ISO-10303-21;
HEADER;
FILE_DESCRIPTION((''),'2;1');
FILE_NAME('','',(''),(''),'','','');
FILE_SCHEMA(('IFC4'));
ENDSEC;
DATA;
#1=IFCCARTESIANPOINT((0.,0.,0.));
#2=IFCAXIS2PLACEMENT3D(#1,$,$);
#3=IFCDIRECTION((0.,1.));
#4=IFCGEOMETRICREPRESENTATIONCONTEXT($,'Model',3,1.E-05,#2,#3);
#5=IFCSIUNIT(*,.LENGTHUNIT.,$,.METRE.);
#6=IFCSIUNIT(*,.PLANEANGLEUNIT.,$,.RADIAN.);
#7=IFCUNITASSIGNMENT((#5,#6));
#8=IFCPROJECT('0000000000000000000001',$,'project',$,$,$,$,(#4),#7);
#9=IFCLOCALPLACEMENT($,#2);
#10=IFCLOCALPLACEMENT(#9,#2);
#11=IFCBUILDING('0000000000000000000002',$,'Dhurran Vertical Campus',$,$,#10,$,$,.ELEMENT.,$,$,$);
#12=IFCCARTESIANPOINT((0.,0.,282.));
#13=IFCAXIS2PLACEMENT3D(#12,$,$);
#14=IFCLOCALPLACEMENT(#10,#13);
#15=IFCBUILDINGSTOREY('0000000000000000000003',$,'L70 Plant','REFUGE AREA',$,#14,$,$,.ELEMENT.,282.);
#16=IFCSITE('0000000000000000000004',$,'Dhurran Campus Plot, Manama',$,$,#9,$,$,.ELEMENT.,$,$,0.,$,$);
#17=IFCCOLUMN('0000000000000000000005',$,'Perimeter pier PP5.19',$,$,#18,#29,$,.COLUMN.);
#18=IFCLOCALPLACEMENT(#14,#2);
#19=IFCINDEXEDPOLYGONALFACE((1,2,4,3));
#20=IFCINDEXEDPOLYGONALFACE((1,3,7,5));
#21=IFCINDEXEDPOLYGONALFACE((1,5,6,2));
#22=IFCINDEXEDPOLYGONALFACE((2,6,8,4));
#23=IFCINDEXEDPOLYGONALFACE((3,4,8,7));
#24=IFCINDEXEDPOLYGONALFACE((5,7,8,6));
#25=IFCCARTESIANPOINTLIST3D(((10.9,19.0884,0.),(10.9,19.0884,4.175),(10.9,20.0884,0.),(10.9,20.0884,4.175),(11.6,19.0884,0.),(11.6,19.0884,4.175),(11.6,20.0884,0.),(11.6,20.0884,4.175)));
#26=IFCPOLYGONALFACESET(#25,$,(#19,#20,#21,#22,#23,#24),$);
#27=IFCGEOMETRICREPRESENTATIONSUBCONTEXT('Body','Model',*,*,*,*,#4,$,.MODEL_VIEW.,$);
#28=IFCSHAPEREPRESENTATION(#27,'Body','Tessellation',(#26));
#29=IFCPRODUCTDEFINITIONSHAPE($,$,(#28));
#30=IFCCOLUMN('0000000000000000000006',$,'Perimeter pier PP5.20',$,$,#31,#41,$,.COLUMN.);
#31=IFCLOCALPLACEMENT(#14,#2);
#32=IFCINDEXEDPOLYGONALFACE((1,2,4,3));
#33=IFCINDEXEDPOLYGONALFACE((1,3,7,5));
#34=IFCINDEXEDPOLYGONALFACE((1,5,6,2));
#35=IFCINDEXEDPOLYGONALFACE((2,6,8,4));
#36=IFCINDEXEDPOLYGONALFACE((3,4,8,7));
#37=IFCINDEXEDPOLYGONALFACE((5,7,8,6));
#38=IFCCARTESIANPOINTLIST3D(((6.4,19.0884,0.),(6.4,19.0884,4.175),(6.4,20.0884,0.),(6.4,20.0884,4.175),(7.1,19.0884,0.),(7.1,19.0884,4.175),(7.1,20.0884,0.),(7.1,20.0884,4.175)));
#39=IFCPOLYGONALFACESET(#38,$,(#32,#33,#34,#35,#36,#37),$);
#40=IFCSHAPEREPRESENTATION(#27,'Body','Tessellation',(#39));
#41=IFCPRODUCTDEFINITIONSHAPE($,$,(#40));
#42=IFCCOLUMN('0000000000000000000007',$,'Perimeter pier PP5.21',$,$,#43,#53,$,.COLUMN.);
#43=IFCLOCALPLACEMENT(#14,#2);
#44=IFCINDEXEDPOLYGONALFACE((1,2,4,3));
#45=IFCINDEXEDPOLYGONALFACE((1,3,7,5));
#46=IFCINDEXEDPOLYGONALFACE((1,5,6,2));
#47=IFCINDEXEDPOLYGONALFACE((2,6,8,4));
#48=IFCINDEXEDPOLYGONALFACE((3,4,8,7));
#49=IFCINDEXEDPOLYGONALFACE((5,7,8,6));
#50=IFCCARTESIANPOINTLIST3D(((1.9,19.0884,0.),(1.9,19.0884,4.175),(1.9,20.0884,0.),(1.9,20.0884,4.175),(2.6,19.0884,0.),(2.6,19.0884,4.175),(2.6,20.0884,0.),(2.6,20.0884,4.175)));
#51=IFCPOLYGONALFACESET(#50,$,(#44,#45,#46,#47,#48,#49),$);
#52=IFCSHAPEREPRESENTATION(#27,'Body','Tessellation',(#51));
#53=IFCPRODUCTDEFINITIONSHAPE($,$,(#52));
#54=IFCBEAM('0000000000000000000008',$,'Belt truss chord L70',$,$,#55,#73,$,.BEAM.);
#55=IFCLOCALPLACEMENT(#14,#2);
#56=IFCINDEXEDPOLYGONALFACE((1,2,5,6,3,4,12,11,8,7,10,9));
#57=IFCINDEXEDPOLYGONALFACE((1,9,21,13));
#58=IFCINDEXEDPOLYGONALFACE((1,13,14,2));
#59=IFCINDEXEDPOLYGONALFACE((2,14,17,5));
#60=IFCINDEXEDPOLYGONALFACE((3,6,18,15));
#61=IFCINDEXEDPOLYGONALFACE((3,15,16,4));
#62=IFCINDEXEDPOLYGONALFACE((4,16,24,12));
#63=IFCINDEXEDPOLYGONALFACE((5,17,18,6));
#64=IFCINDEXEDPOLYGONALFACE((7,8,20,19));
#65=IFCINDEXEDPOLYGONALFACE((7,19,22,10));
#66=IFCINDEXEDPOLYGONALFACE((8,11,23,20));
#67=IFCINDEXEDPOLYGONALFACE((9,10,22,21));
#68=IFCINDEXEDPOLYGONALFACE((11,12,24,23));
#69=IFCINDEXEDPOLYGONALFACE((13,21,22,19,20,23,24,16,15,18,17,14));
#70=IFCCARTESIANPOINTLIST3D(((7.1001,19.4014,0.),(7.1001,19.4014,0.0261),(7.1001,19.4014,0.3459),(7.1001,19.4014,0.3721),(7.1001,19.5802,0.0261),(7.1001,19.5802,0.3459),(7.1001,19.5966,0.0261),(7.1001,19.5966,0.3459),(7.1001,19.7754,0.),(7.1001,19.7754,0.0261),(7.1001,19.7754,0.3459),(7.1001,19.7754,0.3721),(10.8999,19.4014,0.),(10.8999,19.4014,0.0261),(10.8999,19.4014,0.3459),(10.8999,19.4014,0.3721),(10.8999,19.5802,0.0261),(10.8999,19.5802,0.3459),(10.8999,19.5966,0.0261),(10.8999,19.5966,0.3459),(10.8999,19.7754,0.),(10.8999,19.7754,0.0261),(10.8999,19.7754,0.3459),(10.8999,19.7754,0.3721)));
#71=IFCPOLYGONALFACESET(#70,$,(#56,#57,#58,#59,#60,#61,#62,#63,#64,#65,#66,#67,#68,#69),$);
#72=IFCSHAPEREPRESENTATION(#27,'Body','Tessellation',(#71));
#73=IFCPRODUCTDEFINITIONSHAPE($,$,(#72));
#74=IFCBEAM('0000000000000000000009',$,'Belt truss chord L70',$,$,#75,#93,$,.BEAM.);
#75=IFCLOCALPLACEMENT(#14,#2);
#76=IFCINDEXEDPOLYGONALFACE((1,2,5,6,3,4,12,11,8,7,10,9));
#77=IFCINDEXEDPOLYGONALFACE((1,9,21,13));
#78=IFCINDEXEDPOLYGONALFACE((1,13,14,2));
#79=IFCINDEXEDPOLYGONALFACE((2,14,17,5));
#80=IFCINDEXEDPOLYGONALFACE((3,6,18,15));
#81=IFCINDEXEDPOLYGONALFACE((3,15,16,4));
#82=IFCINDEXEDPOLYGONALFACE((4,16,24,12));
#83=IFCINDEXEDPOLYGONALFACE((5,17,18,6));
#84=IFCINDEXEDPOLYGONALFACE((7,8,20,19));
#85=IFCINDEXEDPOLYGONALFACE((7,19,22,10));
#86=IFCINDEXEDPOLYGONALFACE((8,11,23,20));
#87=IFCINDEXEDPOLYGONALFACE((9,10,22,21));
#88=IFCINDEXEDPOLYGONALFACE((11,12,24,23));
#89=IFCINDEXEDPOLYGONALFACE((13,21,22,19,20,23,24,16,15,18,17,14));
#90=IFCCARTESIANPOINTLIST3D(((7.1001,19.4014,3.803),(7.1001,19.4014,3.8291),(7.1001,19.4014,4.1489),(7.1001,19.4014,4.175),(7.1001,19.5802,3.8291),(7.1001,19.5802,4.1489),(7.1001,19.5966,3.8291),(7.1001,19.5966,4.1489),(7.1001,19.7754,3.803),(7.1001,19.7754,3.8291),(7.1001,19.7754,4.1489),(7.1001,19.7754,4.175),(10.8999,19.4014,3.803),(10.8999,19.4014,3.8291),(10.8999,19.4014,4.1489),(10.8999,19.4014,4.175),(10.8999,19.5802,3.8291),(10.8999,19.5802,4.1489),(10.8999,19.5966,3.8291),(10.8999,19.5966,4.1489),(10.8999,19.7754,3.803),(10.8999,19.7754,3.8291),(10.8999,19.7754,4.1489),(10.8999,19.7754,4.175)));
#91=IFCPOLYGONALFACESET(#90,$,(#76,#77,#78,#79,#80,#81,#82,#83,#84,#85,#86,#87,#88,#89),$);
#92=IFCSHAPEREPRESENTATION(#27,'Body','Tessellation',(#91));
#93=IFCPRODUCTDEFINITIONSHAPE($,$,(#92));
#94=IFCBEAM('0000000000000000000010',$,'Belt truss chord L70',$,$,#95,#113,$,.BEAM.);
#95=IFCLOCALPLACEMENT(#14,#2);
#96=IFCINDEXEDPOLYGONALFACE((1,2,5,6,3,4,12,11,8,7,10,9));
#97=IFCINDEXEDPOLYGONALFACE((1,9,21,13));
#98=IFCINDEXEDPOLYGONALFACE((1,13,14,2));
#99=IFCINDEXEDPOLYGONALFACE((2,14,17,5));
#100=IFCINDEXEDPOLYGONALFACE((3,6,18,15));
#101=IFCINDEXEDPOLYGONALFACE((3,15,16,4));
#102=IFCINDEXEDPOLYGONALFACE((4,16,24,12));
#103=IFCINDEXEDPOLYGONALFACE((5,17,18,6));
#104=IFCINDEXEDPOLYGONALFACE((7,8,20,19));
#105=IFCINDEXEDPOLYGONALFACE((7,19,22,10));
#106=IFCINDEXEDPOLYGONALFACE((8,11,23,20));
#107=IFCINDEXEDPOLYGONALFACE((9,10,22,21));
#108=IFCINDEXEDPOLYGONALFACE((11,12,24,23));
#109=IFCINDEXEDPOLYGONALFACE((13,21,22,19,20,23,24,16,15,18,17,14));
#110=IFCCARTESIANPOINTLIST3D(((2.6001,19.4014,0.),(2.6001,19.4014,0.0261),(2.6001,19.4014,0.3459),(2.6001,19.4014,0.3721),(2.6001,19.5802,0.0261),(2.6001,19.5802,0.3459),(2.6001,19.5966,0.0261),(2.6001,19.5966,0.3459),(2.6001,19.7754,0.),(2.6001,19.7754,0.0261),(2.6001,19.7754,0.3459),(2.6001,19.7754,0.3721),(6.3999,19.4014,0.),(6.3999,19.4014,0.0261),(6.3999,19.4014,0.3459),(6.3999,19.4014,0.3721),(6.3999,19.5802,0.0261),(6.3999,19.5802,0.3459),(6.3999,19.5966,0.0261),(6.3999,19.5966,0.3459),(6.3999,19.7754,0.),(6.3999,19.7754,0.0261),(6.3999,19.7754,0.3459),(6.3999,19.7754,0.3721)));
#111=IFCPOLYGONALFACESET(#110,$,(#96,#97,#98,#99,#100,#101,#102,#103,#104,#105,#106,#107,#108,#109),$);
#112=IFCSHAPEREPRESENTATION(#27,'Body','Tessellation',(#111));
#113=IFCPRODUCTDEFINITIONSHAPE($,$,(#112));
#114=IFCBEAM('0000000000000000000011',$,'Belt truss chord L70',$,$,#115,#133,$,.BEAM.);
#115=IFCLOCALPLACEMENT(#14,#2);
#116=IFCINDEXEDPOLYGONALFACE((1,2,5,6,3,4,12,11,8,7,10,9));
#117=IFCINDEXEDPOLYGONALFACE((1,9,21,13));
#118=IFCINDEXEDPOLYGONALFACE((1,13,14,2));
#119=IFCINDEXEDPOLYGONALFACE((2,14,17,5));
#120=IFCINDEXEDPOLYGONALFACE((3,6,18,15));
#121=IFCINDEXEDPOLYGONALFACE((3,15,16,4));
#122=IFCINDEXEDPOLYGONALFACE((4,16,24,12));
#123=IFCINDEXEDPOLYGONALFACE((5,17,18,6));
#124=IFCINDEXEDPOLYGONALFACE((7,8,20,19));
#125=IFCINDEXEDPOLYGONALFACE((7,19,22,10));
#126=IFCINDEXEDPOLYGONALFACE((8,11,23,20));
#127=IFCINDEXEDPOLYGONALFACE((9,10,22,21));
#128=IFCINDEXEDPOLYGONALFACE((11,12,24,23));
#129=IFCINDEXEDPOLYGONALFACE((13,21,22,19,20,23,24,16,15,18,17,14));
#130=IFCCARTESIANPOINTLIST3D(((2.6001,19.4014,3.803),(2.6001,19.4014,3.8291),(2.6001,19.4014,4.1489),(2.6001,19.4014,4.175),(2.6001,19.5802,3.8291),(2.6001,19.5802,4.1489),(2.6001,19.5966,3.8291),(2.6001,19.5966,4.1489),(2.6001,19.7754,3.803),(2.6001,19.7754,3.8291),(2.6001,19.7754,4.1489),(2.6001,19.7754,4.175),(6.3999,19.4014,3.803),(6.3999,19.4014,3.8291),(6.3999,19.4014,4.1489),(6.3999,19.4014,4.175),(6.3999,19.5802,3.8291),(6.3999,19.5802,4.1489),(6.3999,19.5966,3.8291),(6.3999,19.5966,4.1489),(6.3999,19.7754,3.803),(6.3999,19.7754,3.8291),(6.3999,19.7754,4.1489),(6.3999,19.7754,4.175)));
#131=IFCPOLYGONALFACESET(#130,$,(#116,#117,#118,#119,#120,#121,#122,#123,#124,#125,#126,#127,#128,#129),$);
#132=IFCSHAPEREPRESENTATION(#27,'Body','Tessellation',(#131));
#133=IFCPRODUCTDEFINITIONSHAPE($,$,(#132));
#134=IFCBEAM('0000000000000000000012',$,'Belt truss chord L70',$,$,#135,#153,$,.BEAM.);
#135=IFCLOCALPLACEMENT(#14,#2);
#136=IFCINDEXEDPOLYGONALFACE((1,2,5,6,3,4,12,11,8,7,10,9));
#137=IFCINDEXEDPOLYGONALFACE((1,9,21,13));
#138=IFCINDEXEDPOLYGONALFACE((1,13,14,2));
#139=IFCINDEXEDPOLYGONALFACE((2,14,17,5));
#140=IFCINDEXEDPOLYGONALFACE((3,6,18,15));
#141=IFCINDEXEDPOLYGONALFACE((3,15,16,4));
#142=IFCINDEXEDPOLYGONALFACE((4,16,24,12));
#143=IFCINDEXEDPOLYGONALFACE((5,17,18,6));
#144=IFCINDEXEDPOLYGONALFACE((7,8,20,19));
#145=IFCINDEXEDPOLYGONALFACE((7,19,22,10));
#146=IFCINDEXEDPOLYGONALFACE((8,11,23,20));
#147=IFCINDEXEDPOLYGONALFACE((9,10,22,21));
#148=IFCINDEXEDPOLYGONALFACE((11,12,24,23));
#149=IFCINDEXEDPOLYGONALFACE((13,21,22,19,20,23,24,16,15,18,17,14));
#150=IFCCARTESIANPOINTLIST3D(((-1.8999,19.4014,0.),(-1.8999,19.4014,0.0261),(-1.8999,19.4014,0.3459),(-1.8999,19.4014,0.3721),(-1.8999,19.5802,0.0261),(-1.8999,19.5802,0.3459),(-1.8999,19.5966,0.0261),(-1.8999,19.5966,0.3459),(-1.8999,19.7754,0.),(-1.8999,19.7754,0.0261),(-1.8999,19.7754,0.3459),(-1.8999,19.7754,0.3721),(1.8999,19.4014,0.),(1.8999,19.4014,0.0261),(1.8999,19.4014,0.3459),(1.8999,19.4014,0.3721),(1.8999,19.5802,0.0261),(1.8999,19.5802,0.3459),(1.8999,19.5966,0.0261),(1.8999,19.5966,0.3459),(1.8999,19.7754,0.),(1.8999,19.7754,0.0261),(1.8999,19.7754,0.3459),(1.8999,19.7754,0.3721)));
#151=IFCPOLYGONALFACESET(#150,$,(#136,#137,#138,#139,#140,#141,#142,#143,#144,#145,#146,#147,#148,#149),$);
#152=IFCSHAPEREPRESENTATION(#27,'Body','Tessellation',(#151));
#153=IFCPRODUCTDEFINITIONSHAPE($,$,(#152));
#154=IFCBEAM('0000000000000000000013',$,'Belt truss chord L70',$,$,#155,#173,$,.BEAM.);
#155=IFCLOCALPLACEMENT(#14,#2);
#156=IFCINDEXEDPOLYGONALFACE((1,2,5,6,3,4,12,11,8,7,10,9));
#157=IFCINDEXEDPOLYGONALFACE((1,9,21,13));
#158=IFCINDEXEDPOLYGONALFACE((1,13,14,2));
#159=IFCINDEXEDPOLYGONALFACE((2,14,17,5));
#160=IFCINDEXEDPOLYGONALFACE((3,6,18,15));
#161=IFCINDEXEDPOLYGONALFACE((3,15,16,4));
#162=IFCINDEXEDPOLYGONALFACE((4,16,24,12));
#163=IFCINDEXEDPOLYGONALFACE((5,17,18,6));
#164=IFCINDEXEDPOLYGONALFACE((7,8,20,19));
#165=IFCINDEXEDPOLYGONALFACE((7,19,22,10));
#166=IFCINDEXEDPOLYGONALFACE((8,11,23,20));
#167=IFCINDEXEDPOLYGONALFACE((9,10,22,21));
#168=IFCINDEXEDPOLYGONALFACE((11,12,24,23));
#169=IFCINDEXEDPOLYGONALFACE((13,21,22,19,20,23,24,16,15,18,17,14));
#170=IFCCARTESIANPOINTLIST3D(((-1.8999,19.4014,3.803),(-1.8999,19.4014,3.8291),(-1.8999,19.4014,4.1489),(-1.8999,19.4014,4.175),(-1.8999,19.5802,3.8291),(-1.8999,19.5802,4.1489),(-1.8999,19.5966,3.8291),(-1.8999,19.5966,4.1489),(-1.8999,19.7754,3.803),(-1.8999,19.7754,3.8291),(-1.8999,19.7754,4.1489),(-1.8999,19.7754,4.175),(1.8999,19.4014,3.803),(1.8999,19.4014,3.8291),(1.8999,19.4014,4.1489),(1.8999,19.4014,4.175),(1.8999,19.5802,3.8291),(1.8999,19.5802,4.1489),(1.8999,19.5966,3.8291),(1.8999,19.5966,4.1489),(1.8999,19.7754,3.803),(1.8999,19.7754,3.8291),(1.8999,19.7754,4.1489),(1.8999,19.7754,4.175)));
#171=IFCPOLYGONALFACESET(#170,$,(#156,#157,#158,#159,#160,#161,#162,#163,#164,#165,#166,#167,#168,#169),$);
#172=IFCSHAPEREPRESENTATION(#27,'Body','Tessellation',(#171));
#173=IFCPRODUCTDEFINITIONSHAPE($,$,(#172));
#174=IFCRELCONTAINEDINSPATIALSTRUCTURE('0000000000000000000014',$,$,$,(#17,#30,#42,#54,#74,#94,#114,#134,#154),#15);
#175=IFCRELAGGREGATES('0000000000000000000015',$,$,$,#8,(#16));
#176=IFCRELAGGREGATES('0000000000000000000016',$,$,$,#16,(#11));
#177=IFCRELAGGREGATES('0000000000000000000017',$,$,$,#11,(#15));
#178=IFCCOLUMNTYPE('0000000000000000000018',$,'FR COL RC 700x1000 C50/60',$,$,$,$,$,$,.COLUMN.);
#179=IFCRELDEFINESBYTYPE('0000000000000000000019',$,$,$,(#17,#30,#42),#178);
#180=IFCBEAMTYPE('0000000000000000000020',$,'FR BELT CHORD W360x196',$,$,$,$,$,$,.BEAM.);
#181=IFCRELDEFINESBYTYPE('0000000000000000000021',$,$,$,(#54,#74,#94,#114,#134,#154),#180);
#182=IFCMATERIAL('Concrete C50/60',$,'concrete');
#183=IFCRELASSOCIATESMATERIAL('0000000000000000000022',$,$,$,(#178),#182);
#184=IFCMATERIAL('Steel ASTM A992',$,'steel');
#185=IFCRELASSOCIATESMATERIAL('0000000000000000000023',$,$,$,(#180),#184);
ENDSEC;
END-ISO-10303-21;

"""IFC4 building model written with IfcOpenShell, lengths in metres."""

from ifc_helpers import new_model, si_unit, direction, frame, origin, origin_2d, place, context, subcontext, project, spatial, rectangle, i_section, extrude, material, material_profile, profile_set, type_object, element, save


model = new_model("IFC4")

# Units and contexts
model_context = context("Model", 3, precision=1e-05, world=origin(), true_north=direction((0.0, 1.0)))
body_context = subcontext(model_context, "Body", "Model", "MODEL_VIEW")
ifc_project = project(units=[si_unit("LENGTHUNIT", "METRE"), si_unit("PLANEANGLEUNIT", "RADIAN")], contexts=[model_context])

# Site, building, storey
site_placement = place(None, origin())
site = spatial("IfcSite", under=ifc_project, at=site_placement, Name="Dhurran Campus Plot, Manama", CompositionType="ELEMENT", RefElevation=0.0)
building_placement = place(site_placement, origin())
building = spatial("IfcBuilding", under=site, at=building_placement, Name="Dhurran Vertical Campus", CompositionType="ELEMENT")
storey_placement = place(building_placement, frame((0.0, 0.0, 282.0)))
storey = spatial("IfcBuildingStorey", under=building, at=storey_placement, Name="L70 Plant", Description="REFUGE AREA", CompositionType="ELEMENT", Elevation=282.0)

# Columns
ifc_material_1 = material(Name="Concrete C50/60", Category="concrete")
ifc_material_profile_1 = material_profile(ifc_material_1, rectangle(XDim=0.7, YDim=1.0, at=origin_2d()), Name="RC 700x1000")
ifc_profile_set_1 = profile_set([ifc_material_profile_1], Name="Concrete C50/60")
column_type = type_object("IfcColumnType", Name="FR COL RC 700x1000 C50/60", PredefinedType="COLUMN", material=ifc_profile_set_1)
for number, where, z_axis, x_axis, name in (
    (1, (11.25, 19.5884, 0.0), (0.0, 0.0, 1.0), (-1.0, 0.0, 0.0), "Perimeter pier PP5.19"),
    (2, (6.75, 19.5884, 0.0), (0.0, 0.0, 1.0), (-1.0, 0.0, 0.0), "Perimeter pier PP5.20"),
    (3, (2.25, 19.5884, 0.0), (0.0, 0.0, 1.0), (-1.0, 0.0, 0.0), "Perimeter pier PP5.21"),
):
    element("IfcColumn", number, at=place(storey_placement, frame(where, z_axis=z_axis, x_axis=x_axis)), inside=storey, type_object=column_type, Name=name, PredefinedType="COLUMN", context=body_context, shape_type="SweptSolid", body=[
        extrude(rectangle(XDim=0.7, YDim=1.0, at=origin_2d()), origin(), (0.0, 0.0, 1.0), 4.175),
    ])

# Beams
ifc_material_2 = material(Name="Steel ASTM A992", Category="steel")
ifc_material_profile_2 = material_profile(ifc_material_2, i_section(OverallWidth=0.374, OverallDepth=0.3721, WebThickness=0.0164, FlangeThickness=0.0261, at=origin_2d()), Name="W360x196")
ifc_profile_set_2 = profile_set([ifc_material_profile_2], Name="Steel ASTM A992")
beam_type = type_object("IfcBeamType", Name="FR BELT CHORD W360x196", PredefinedType="BEAM", material=ifc_profile_set_2)
for number, where, z_axis, x_axis, name in (
    (4, (10.8999, 19.5884, 0.186), (-1.0, 0.0, 0.0), (0.0, -1.0, 0.0), "Belt truss chord L70"),
    (5, (10.8999, 19.5884, 3.989), (-1.0, 0.0, 0.0), (0.0, -1.0, 0.0), "Belt truss chord L70"),
    (6, (6.3999, 19.5884, 0.186), (-1.0, 0.0, 0.0), (0.0, -1.0, 0.0), "Belt truss chord L70"),
    (7, (6.3999, 19.5884, 3.989), (-1.0, 0.0, 0.0), (0.0, -1.0, 0.0), "Belt truss chord L70"),
    (8, (1.8999, 19.5884, 0.186), (-1.0, 0.0, 0.0), (0.0, -1.0, 0.0), "Belt truss chord L70"),
    (9, (1.8999, 19.5884, 3.989), (-1.0, 0.0, 0.0), (0.0, -1.0, 0.0), "Belt truss chord L70"),
):
    element("IfcBeam", number, at=place(storey_placement, frame(where, z_axis=z_axis, x_axis=x_axis)), inside=storey, type_object=beam_type, Name=name, PredefinedType="BEAM", context=body_context, shape_type="SweptSolid", body=[
        extrude(i_section(OverallWidth=0.374, OverallDepth=0.3721, WebThickness=0.0164, FlangeThickness=0.0261, at=origin_2d()), origin(), (0.0, 0.0, 1.0), 3.7998),
    ])

save(model, "model.ifc")
